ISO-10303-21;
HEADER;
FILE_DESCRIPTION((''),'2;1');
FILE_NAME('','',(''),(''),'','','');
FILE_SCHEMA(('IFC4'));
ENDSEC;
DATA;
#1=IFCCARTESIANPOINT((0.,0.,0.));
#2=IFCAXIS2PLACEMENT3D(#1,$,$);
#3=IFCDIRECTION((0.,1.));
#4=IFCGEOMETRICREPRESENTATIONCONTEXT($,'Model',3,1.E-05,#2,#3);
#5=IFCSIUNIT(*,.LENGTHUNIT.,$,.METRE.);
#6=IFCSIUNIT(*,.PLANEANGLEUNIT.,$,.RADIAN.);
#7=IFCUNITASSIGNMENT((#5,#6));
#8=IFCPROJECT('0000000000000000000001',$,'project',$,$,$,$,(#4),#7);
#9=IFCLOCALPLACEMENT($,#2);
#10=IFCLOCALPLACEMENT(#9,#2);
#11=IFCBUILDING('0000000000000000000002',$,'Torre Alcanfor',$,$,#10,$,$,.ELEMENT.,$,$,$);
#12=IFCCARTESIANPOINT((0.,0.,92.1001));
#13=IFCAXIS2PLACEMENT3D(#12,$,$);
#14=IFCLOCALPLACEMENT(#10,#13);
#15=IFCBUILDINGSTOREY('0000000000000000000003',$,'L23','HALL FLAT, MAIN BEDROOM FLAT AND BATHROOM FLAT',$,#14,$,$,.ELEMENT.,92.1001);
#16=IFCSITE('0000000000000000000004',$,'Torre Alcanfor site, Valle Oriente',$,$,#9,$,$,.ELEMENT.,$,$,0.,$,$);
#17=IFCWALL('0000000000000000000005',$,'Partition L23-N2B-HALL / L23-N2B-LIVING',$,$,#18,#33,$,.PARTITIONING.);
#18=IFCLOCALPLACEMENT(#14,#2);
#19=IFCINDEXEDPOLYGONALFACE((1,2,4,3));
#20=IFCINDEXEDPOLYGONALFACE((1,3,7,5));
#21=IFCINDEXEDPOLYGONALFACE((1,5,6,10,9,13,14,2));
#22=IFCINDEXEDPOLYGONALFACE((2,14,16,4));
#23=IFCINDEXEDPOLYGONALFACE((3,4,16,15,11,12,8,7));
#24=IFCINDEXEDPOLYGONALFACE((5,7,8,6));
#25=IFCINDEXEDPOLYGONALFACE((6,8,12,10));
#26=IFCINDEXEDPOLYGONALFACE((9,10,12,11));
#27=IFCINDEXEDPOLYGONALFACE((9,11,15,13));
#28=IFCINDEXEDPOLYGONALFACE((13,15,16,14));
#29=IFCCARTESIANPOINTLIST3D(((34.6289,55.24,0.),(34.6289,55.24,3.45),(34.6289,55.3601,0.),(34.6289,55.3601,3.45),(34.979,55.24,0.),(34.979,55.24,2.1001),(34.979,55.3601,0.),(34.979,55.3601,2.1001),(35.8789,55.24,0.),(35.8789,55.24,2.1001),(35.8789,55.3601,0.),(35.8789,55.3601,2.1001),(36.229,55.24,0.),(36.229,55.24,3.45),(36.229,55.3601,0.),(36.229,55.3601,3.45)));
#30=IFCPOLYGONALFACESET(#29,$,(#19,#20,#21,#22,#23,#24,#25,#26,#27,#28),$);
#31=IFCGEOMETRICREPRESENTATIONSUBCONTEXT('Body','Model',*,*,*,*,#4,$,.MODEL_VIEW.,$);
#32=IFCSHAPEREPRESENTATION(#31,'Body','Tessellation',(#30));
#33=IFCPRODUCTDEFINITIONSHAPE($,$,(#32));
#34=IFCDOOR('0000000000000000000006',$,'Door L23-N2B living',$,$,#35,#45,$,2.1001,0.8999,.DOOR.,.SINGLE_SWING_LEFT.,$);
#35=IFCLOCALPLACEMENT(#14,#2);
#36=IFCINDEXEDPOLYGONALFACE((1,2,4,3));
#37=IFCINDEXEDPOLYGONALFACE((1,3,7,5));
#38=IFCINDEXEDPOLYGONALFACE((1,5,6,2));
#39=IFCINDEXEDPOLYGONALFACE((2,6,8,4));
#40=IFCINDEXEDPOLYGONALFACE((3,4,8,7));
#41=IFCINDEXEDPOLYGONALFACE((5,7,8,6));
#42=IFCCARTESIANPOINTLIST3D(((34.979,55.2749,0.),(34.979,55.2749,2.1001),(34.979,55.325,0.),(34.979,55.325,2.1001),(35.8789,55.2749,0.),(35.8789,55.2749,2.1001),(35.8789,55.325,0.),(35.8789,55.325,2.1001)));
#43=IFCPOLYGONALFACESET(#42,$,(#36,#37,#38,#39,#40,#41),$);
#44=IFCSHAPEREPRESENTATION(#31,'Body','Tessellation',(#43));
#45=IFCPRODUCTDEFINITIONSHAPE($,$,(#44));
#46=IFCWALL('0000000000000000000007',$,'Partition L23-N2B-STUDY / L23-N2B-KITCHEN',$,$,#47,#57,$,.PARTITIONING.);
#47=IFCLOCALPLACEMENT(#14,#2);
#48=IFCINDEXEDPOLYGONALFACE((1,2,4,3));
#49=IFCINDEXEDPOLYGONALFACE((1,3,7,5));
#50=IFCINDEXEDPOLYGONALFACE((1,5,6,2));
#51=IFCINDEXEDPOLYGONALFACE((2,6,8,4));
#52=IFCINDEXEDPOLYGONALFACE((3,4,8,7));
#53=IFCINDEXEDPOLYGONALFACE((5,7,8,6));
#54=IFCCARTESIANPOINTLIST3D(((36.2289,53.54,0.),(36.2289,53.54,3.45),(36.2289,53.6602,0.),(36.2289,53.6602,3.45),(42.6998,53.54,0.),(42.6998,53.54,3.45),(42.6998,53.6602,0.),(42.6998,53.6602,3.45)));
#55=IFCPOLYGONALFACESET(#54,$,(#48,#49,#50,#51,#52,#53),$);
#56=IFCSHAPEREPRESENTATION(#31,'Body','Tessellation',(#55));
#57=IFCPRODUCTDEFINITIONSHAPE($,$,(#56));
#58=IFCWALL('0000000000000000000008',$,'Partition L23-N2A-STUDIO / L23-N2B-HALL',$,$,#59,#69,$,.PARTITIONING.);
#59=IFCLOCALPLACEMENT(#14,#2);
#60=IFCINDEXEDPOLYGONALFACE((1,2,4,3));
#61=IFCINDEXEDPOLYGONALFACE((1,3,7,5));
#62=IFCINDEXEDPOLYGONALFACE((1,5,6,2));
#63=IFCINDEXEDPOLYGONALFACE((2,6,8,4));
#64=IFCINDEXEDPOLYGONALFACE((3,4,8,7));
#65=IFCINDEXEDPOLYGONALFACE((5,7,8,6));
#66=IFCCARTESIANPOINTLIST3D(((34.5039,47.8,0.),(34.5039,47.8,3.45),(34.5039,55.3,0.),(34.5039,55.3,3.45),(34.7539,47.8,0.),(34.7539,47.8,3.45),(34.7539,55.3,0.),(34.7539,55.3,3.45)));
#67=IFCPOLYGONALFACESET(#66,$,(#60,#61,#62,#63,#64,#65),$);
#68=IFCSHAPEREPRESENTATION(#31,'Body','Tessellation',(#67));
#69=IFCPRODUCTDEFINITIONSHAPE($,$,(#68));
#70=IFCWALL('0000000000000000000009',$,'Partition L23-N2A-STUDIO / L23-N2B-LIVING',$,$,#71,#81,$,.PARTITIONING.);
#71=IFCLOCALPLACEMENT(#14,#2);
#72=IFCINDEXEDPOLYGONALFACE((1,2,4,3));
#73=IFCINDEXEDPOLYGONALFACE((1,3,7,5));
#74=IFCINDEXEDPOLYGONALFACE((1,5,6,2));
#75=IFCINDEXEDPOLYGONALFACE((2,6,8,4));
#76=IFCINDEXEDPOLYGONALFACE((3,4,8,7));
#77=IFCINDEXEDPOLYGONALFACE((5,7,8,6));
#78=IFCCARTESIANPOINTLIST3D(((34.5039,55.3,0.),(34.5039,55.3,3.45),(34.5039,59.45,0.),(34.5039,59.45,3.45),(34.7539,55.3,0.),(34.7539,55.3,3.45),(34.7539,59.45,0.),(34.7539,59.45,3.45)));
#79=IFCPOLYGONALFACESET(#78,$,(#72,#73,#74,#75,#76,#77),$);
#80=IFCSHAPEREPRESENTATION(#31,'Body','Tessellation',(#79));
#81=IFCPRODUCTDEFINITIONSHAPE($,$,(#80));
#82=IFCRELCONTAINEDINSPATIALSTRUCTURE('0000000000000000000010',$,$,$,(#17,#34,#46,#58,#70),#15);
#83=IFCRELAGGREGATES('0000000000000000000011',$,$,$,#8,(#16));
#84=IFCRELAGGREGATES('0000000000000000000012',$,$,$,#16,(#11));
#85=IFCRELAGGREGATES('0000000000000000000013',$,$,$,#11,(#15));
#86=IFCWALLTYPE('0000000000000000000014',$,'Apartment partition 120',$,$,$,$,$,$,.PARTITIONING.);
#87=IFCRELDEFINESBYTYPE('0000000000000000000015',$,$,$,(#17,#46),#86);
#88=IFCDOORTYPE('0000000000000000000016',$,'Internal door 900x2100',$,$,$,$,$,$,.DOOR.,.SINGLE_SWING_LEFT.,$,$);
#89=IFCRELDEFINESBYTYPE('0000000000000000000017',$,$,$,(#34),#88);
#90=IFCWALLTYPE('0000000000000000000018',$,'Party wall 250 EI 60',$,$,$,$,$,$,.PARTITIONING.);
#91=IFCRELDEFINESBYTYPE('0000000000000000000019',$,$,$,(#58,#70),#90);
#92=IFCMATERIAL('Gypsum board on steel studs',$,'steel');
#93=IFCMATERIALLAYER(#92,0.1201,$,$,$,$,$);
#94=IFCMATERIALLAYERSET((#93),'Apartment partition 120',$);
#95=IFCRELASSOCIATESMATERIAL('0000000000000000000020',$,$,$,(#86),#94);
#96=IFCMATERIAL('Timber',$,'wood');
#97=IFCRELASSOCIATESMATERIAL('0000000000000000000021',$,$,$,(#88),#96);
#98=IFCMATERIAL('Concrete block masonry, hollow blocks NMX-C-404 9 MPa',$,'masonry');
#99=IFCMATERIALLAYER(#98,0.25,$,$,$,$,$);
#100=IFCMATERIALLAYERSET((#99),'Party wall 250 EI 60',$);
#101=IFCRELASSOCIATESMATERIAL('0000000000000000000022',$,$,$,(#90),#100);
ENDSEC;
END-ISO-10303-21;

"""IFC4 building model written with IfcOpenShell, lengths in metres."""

from ifc_helpers import new_model, si_unit, direction, frame, frame_2d, origin, place, context, subcontext, project, spatial, rectangle, extrude, material, layer, layer_set, type_object, element, fill, save


model = new_model("IFC4")

# Units and contexts
model_context = context("Model", 3, precision=1e-05, world=origin(), true_north=direction((0.0, 1.0)))
body_context = subcontext(model_context, "Body", "Model", "MODEL_VIEW")
ifc_project = project(units=[si_unit("LENGTHUNIT", "METRE"), si_unit("PLANEANGLEUNIT", "RADIAN")], contexts=[model_context])

# Site, building, storey
site_placement = place(None, origin())
site = spatial("IfcSite", under=ifc_project, at=site_placement, Name="Torre Alcanfor site, Valle Oriente", CompositionType="ELEMENT", RefElevation=0.0)
building_placement = place(site_placement, origin())
building = spatial("IfcBuilding", under=site, at=building_placement, Name="Torre Alcanfor", CompositionType="ELEMENT")
storey_placement = place(building_placement, frame((0.0, 0.0, 92.1001)))
storey = spatial("IfcBuildingStorey", under=building, at=storey_placement, Name="L23", Description="HALL FLAT, MAIN BEDROOM FLAT AND BATHROOM FLAT", CompositionType="ELEMENT", Elevation=92.1001)

# Shared definitions
ifc_material_1 = material(Name="Gypsum board on steel studs", Category="steel")
ifc_layer_1 = layer(ifc_material_1, 0.1201)
ifc_layer_set_1 = layer_set([ifc_layer_1], Name="Apartment partition 120")
wall_type_1 = type_object("IfcWallType", Name="Apartment partition 120", PredefinedType="PARTITIONING", material=ifc_layer_set_1)

# Wall, opening, door
wall_1_placement = place(storey_placement, frame((34.6289, 55.3, 0.0), z_axis=(0.0, 0.0, 1.0), x_axis=(1.0, 0.0, 0.0)))
wall_1 = element("IfcWall", 1, at=wall_1_placement, inside=storey, type_object=wall_type_1, Name="Partition L23-N2B-HALL / L23-N2B-LIVING", PredefinedType="PARTITIONING", context=body_context, shape_type="SweptSolid", body=[
    extrude(rectangle(XDim=1.6001, YDim=0.1201, at=frame_2d((0.8, 0.0))), origin(), (0.0, 0.0, 1.0), 3.45),
])
opening_placement = place(wall_1_placement, frame((0.3501, 0.0, 0.0)))
opening = element("IfcOpeningElement", 2, at=opening_placement, cuts=wall_1, PredefinedType="OPENING", context=body_context, shape_type="SweptSolid", body=[
    extrude(rectangle(XDim=0.8999, YDim=2.1001, at=frame_2d((0.45, 1.05))), frame((0.0, 0.0701, 0.0), z_axis=(0.0, -1.0, 0.0), x_axis=(1.0, 0.0, 0.0)), (0.0, 0.0, 1.0), 0.1401),
])
ifc_material_2 = material(Name="Timber", Category="wood")
door_type = type_object("IfcDoorType", Name="Internal door 900x2100", OperationType="SINGLE_SWING_LEFT", PredefinedType="DOOR", material=ifc_material_2)
door_placement = place(opening_placement, origin())
door = element("IfcDoor", 3, at=door_placement, inside=storey, type_object=door_type, Name="Door L23-N2B living", OperationType="SINGLE_SWING_LEFT", OverallHeight=2.1001, OverallWidth=0.8999, PredefinedType="DOOR", context=body_context, shape_type="SweptSolid", body=[
    extrude(rectangle(XDim=0.8999, YDim=2.1001, at=frame_2d((0.45, 1.05))), frame((0.0, 0.0249, 0.0), z_axis=(0.0, -1.0, 0.0), x_axis=(1.0, 0.0, 0.0)), (0.0, 0.0, 1.0), 0.05),
])
fill(opening, door)

# Walls
wall_2_placement = place(storey_placement, frame((36.229, 53.6001, 0.0), z_axis=(0.0, 0.0, 1.0), x_axis=(1.0, 0.0, 0.0)))
element("IfcWall", 4, at=wall_2_placement, inside=storey, type_object=wall_type_1, Name="Partition L23-N2B-STUDY / L23-N2B-KITCHEN", PredefinedType="PARTITIONING", context=body_context, shape_type="SweptSolid", body=[
    extrude(rectangle(XDim=6.4709, YDim=0.1201, at=frame_2d((3.2354, 0.0))), origin(), (0.0, 0.0, 1.0), 3.45),
])
ifc_material_3 = material(Name="Concrete block masonry, hollow blocks NMX-C-404 9 MPa", Category="masonry")
ifc_layer_2 = layer(ifc_material_3, 0.25)
ifc_layer_set_2 = layer_set([ifc_layer_2], Name="Party wall 250 EI 60")
wall_type_2 = type_object("IfcWallType", Name="Party wall 250 EI 60", PredefinedType="PARTITIONING", material=ifc_layer_set_2)
wall_3_placement = place(storey_placement, frame((34.6289, 55.3, 0.0), z_axis=(0.0, 0.0, 1.0), x_axis=(0.0, -1.0, 0.0)))
element("IfcWall", 5, at=wall_3_placement, inside=storey, type_object=wall_type_2, Name="Partition L23-N2A-STUDIO / L23-N2B-HALL", PredefinedType="PARTITIONING", context=body_context, shape_type="SweptSolid", body=[
    extrude(rectangle(XDim=7.5, YDim=0.25, at=frame_2d((3.75, 0.0))), origin(), (0.0, 0.0, 1.0), 3.45),
])
wall_4_placement = place(storey_placement, frame((34.6289, 59.45, 0.0), z_axis=(0.0, 0.0, 1.0), x_axis=(0.0, -1.0, 0.0)))
element("IfcWall", 6, at=wall_4_placement, inside=storey, type_object=wall_type_2, Name="Partition L23-N2A-STUDIO / L23-N2B-LIVING", PredefinedType="PARTITIONING", context=body_context, shape_type="SweptSolid", body=[
    extrude(rectangle(XDim=4.1499, YDim=0.25, at=frame_2d((2.075, 0.0))), origin(), (0.0, 0.0, 1.0), 3.45),
])

save(model, "model.ifc")
